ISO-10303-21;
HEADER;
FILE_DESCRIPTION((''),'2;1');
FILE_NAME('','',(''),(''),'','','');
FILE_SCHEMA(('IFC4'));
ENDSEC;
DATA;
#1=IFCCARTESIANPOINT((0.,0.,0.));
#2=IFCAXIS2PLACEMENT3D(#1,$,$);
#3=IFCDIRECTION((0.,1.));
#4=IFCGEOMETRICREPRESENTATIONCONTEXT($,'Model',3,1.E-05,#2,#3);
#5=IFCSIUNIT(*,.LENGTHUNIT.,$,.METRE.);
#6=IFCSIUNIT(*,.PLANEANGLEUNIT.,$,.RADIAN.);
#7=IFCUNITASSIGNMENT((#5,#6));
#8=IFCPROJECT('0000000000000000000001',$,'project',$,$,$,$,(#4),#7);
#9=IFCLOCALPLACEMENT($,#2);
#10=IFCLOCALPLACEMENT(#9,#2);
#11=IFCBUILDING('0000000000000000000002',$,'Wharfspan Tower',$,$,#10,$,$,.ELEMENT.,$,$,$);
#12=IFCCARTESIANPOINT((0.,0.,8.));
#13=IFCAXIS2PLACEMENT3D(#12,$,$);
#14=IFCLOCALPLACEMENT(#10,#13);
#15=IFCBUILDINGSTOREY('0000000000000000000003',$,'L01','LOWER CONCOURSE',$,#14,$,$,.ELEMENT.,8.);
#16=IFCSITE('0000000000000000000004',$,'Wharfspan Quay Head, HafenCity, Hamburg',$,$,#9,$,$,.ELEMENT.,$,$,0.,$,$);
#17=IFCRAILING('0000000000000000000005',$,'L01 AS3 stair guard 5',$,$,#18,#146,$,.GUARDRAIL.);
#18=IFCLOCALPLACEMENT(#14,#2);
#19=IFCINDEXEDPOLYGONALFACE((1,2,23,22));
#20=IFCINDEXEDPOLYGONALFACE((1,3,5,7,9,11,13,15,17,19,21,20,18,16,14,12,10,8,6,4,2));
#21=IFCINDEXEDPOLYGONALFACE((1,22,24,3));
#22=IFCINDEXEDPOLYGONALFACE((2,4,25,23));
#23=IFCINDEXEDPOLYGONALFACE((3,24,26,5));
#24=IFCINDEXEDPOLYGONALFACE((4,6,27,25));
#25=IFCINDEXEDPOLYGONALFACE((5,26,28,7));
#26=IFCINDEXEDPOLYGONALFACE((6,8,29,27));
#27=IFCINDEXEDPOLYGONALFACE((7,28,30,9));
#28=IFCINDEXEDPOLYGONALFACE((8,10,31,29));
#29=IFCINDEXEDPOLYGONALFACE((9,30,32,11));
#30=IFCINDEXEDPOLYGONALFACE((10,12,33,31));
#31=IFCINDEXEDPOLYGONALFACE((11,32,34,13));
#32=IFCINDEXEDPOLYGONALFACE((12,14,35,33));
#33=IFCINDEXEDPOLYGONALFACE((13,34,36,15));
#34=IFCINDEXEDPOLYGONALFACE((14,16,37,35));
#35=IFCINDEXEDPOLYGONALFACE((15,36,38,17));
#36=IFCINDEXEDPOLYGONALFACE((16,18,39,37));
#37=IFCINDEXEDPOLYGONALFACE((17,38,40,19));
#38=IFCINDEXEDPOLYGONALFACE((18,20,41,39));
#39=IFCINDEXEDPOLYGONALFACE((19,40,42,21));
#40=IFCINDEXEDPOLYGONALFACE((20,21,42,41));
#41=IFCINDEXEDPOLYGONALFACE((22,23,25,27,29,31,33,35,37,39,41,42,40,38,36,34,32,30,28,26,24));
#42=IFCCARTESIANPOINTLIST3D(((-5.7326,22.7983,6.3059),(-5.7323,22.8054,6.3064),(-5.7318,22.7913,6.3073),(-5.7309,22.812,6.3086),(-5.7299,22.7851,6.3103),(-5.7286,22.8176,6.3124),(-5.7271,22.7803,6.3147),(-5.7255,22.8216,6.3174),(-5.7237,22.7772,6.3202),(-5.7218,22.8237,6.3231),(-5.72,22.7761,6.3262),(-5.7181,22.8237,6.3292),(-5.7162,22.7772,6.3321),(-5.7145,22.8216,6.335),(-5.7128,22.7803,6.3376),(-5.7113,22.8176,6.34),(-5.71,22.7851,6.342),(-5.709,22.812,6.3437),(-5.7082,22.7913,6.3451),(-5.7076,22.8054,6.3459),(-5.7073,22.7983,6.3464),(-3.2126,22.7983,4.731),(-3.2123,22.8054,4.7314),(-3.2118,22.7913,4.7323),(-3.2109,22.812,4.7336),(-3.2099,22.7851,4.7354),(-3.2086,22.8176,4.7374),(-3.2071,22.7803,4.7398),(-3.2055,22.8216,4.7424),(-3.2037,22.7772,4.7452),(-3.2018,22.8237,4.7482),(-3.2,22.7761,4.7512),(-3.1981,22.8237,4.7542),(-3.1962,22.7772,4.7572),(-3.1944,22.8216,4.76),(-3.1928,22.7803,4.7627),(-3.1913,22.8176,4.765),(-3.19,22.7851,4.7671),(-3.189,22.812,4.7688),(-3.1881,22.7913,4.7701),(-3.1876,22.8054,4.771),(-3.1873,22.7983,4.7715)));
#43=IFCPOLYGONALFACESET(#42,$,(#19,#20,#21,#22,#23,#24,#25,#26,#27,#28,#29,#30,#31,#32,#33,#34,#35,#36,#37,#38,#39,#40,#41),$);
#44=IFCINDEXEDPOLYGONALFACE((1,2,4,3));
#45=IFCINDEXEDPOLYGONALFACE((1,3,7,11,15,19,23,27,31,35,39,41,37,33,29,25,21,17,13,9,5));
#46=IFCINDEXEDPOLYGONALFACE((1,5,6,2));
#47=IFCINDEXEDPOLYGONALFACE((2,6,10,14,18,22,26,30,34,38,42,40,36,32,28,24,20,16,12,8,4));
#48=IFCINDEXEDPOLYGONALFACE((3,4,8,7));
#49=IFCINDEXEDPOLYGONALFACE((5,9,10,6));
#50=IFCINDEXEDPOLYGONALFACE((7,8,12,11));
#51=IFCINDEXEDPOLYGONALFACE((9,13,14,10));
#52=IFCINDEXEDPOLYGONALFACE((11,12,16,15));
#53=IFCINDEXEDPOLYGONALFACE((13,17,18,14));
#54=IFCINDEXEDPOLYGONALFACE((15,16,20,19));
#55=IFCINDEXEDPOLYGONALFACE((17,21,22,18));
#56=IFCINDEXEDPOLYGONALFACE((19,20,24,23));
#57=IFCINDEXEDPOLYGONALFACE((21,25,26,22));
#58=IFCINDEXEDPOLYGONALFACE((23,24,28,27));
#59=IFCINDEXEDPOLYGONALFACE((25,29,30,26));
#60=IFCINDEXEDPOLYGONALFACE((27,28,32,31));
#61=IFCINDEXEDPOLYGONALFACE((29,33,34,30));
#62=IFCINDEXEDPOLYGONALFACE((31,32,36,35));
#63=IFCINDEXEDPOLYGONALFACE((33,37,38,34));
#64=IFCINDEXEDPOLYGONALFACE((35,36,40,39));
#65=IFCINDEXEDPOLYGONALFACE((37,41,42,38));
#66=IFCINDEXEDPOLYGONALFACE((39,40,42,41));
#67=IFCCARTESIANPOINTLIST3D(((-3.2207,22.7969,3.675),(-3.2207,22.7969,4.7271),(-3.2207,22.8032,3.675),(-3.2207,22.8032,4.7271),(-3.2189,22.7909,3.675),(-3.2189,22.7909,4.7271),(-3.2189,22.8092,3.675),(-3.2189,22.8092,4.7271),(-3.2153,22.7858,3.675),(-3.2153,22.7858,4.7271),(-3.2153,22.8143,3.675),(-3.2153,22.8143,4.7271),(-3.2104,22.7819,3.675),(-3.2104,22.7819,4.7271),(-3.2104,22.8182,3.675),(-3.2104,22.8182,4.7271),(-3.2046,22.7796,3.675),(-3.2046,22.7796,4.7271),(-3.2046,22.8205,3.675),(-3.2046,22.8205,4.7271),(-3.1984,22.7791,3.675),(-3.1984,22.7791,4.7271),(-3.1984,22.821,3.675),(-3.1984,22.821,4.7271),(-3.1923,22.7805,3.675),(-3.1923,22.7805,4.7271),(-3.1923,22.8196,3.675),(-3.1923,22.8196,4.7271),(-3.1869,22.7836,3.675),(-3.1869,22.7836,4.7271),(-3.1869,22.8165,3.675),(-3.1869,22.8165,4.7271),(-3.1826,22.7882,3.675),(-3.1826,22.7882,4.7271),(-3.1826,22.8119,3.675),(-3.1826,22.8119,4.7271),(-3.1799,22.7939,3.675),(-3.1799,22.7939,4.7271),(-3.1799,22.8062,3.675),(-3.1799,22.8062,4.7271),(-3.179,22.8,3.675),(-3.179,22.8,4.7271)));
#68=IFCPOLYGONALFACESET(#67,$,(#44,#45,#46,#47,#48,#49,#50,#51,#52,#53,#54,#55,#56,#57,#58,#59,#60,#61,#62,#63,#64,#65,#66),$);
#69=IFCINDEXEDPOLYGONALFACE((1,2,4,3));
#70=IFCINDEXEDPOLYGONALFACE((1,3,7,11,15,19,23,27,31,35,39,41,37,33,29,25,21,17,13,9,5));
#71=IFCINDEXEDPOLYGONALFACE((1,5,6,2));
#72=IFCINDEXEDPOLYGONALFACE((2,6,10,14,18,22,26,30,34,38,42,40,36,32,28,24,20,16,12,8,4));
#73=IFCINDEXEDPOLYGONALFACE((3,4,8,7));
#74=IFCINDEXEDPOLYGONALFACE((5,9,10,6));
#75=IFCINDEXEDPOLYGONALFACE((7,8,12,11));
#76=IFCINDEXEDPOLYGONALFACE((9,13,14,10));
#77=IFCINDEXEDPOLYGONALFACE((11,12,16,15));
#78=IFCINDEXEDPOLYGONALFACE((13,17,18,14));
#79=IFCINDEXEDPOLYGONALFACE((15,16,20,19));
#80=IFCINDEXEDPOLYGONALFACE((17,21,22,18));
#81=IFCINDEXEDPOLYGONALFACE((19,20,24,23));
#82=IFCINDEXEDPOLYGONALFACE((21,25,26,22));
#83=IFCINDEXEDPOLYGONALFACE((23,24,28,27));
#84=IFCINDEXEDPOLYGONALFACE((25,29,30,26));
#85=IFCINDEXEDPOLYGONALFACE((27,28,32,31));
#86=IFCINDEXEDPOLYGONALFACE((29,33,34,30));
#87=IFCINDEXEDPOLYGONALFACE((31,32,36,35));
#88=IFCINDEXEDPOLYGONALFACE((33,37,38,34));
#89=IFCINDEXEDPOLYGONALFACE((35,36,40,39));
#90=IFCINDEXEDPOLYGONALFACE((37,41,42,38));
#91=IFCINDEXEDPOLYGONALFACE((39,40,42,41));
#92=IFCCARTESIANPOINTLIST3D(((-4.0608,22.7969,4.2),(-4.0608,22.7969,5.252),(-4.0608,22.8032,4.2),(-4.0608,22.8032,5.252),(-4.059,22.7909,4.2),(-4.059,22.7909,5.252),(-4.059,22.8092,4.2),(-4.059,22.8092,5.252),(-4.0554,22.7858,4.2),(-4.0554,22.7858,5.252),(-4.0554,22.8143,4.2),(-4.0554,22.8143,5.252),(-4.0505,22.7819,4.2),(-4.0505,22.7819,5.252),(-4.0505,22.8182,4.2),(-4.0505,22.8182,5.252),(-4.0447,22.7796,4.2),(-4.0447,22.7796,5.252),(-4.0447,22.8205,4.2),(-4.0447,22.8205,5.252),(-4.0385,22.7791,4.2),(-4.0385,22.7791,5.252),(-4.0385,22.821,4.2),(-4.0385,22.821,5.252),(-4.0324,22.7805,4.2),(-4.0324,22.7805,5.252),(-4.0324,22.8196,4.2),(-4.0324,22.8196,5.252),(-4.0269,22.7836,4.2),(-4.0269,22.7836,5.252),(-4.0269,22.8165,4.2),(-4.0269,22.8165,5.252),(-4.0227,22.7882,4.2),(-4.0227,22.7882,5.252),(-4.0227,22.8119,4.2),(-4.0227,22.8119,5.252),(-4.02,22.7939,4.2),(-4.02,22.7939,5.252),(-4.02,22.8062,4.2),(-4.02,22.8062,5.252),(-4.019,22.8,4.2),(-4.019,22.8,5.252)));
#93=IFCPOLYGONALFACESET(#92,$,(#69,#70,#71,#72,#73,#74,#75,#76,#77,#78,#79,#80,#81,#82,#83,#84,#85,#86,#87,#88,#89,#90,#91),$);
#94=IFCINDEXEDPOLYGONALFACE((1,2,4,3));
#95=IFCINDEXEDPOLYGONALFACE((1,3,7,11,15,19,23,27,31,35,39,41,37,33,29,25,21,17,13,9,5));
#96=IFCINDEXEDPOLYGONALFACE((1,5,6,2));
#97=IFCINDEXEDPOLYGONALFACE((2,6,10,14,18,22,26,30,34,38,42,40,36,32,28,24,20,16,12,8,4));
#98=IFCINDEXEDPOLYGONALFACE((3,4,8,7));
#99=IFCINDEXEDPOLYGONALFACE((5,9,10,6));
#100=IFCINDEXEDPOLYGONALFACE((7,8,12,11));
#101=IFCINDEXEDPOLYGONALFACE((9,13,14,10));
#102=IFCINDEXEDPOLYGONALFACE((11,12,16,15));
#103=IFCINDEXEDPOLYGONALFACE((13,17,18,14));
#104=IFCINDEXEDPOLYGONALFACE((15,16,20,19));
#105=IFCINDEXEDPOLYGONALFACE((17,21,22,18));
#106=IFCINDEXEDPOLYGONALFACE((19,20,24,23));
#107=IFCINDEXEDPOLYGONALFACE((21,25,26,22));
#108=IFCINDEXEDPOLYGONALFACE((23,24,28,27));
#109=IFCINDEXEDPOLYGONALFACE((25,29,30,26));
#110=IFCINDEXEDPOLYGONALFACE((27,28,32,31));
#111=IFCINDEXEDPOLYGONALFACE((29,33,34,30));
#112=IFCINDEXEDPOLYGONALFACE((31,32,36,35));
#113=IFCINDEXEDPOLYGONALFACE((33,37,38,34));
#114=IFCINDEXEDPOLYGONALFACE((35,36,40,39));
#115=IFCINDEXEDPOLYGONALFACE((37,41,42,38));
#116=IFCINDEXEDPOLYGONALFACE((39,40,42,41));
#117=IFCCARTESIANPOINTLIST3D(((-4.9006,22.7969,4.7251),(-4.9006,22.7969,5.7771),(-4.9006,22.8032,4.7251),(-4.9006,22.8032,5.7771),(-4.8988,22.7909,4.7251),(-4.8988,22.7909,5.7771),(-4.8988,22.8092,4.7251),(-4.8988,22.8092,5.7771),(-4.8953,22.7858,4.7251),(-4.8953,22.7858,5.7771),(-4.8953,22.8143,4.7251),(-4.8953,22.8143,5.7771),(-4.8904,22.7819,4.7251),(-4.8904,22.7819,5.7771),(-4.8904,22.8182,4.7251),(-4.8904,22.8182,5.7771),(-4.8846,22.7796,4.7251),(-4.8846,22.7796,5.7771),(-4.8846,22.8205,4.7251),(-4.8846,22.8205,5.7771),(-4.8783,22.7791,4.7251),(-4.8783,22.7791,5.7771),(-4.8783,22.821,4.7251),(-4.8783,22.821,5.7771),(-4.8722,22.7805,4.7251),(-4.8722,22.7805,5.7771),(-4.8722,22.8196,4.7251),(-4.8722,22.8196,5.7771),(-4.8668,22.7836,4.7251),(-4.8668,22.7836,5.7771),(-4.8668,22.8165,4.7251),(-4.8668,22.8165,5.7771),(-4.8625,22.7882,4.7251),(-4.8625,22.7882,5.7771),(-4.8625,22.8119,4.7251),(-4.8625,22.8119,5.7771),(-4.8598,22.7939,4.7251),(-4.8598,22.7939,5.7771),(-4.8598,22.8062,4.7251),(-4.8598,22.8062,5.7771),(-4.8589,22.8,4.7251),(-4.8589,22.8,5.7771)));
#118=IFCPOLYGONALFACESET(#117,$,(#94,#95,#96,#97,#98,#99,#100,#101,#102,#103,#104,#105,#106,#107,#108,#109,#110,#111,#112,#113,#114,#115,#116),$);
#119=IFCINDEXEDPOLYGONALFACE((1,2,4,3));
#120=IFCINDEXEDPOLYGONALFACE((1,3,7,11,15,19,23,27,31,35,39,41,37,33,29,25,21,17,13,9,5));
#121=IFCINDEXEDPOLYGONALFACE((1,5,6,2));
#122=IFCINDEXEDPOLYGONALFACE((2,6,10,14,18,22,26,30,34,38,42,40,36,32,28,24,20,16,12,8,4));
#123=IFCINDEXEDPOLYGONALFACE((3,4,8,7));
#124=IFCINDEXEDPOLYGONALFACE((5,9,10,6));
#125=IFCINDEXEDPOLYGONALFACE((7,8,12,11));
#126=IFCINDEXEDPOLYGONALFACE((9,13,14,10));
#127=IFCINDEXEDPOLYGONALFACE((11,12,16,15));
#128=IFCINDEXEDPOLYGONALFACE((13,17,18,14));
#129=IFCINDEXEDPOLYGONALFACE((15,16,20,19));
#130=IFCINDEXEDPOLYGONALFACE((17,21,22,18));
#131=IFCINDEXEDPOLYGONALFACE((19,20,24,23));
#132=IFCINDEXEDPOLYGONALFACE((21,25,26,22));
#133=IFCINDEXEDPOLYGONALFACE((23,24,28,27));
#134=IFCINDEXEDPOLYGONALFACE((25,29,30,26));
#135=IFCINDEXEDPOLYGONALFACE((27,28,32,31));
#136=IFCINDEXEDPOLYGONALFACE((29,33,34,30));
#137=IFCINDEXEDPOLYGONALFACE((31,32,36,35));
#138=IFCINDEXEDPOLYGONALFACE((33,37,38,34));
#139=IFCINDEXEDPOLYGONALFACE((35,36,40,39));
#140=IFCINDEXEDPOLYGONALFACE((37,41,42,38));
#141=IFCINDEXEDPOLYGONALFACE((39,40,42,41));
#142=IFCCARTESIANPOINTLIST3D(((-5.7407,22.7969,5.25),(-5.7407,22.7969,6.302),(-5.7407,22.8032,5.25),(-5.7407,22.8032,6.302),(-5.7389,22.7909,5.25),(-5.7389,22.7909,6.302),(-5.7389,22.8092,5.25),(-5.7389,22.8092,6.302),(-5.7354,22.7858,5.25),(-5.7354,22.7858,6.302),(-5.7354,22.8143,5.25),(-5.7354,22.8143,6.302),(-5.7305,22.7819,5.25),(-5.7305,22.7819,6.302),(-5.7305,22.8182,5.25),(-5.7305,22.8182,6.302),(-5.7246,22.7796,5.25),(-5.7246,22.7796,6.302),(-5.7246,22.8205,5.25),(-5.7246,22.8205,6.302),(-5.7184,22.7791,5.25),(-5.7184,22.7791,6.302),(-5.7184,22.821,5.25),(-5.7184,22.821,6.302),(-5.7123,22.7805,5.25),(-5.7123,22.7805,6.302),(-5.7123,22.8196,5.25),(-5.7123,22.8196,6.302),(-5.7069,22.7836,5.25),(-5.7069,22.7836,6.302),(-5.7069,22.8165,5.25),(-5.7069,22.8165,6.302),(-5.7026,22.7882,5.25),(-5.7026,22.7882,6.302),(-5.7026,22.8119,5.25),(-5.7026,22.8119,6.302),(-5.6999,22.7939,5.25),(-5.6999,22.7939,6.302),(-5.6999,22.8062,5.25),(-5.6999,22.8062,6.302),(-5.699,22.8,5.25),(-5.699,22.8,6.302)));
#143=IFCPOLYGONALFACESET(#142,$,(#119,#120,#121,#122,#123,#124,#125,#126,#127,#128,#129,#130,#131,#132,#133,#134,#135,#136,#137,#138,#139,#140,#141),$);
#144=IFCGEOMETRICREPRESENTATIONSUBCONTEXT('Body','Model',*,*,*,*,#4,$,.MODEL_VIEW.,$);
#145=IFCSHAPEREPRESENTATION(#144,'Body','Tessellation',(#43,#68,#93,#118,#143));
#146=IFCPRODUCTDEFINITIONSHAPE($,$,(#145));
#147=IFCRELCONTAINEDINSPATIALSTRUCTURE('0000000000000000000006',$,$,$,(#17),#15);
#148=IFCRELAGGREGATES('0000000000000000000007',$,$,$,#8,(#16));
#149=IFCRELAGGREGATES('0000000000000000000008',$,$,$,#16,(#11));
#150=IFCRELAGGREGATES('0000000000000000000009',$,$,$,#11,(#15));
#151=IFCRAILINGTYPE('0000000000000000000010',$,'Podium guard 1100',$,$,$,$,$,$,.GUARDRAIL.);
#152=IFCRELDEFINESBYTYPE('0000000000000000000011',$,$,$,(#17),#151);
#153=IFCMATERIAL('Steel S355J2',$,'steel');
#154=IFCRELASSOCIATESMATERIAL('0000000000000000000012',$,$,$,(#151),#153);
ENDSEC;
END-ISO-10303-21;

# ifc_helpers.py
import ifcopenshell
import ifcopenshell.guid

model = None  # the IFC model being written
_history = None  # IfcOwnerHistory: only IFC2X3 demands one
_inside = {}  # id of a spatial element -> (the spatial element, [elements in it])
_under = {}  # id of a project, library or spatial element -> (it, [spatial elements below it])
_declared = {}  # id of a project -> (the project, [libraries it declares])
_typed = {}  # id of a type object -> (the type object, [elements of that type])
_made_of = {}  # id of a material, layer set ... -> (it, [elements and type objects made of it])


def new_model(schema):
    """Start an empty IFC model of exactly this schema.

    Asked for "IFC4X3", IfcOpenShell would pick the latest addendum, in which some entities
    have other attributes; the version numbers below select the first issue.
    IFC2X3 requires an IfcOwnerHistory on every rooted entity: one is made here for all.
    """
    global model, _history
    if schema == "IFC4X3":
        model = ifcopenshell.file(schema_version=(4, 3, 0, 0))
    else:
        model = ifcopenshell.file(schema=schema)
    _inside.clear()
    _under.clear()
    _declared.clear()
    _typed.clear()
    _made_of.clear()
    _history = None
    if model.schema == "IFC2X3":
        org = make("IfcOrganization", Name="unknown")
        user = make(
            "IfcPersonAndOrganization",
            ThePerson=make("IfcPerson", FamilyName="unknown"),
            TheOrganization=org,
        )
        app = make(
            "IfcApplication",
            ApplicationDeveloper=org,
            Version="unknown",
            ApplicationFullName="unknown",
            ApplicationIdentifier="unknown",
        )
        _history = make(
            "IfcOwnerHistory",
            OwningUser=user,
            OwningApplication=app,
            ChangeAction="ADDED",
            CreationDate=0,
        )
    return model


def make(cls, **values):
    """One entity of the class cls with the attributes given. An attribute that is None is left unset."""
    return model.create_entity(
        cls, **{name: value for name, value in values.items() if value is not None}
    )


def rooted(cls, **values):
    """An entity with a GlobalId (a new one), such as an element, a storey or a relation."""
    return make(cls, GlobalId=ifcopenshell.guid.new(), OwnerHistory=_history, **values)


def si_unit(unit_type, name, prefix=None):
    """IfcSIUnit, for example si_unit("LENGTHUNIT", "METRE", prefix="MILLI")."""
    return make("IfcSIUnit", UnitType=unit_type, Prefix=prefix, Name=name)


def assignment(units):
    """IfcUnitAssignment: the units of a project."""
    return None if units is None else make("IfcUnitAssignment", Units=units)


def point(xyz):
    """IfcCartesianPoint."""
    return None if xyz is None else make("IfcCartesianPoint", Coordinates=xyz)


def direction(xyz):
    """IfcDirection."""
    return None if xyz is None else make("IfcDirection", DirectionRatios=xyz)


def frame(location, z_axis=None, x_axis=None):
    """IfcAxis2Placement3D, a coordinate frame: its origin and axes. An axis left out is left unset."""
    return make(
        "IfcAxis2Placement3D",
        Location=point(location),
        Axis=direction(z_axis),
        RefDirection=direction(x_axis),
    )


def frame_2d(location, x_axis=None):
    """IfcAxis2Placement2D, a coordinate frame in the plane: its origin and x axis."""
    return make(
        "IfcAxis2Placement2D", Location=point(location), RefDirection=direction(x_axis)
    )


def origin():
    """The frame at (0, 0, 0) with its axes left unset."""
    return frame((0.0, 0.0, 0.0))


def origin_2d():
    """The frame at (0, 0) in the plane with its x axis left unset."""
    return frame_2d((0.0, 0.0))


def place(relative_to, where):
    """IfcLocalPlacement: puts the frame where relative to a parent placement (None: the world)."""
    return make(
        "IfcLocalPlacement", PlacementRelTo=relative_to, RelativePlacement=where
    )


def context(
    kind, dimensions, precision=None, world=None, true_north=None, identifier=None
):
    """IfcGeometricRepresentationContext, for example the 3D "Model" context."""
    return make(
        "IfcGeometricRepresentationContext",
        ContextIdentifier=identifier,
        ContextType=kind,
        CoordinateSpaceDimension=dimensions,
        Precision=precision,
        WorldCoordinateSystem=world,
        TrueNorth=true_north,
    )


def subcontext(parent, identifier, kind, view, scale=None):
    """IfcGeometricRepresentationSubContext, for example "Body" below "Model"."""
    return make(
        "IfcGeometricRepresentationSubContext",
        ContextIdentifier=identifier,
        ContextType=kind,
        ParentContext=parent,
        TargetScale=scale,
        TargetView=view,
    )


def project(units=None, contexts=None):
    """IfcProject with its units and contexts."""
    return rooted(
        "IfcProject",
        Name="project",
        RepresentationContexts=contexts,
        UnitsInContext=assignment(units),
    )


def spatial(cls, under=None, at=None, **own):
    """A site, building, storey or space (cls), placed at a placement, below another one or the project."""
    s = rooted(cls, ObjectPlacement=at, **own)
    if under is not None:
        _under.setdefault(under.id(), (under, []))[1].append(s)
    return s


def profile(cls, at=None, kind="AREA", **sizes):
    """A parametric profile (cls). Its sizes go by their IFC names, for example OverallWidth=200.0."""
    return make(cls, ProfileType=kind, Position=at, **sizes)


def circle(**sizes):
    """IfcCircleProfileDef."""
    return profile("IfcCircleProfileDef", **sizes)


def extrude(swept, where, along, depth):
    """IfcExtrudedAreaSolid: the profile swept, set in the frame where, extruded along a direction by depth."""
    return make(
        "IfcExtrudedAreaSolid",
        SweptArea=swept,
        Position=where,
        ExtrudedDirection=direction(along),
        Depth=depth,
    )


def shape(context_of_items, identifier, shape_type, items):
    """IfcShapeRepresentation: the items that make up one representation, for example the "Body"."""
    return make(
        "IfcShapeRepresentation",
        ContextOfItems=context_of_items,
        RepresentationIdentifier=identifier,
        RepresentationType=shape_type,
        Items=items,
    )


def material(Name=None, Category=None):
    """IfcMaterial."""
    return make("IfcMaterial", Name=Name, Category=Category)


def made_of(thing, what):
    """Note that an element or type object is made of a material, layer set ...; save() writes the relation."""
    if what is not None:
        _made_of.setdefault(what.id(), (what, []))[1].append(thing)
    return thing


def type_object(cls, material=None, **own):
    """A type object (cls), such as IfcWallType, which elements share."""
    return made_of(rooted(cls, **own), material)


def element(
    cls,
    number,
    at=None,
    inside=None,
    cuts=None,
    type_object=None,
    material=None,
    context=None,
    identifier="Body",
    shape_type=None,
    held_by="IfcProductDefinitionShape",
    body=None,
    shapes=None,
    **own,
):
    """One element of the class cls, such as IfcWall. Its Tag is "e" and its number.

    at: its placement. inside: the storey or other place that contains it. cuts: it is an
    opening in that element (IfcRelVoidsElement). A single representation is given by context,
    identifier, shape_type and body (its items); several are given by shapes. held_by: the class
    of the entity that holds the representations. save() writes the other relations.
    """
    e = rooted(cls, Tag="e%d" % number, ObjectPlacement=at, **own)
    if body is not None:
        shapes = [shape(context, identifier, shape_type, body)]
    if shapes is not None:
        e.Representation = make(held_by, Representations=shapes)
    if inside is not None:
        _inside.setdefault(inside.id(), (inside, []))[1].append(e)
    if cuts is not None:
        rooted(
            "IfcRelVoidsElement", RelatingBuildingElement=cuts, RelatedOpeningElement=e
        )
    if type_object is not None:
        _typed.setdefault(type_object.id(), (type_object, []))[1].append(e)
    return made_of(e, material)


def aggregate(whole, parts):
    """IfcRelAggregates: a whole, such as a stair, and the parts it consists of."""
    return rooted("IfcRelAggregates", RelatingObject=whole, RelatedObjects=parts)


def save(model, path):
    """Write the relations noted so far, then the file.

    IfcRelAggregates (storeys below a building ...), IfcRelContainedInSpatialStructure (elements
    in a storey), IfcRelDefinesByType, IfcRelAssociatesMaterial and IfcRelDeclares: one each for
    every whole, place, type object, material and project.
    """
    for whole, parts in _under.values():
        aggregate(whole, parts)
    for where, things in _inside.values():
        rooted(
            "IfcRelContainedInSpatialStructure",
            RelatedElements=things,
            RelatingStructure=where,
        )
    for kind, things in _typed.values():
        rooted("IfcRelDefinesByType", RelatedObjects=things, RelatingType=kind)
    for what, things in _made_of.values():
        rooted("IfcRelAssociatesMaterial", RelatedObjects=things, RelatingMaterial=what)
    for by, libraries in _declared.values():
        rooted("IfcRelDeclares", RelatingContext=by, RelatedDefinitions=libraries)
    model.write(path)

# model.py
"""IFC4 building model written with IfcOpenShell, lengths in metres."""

from ifc_helpers import new_model, si_unit, direction, frame, origin, origin_2d, place, context, subcontext, project, spatial, circle, extrude, material, type_object, element, save


model = new_model("IFC4")

# Units and contexts
model_context = context("Model", 3, precision=1e-05, world=origin(), true_north=direction((0.0, 1.0)))
body_context = subcontext(model_context, "Body", "Model", "MODEL_VIEW")
ifc_project = project(units=[si_unit("LENGTHUNIT", "METRE"), si_unit("PLANEANGLEUNIT", "RADIAN")], contexts=[model_context])

# Site, building, storey
site_placement = place(None, origin())
site = spatial("IfcSite", under=ifc_project, at=site_placement, Name="Wharfspan Quay Head, HafenCity, Hamburg", CompositionType="ELEMENT", RefElevation=0.0)
building_placement = place(site_placement, origin())
building = spatial("IfcBuilding", under=site, at=building_placement, Name="Wharfspan Tower", CompositionType="ELEMENT")
storey_placement = place(building_placement, frame((0.0, 0.0, 8.0)))
storey = spatial("IfcBuildingStorey", under=building, at=storey_placement, Name="L01", Description="LOWER CONCOURSE", CompositionType="ELEMENT", Elevation=8.0)

# Railing
ifc_material_1 = material(Name="Steel S355J2", Category="steel")
railing_type_1 = type_object("IfcRailingType", Name="Podium guard 1100", PredefinedType="GUARDRAIL", material=ifc_material_1)
railing_1_placement = place(storey_placement, frame((-3.2, 22.8, 3.675)))
element("IfcRailing", 1, at=railing_1_placement, inside=storey, type_object=railing_type_1, Name="L01 AS3 stair guard 5", PredefinedType="GUARDRAIL", context=body_context, shape_type="SweptSolid", body=[
    extrude(circle(Radius=0.0239, at=origin_2d()), frame((0.0, 0.0, 1.0762), z_axis=(-0.848008, 0.0, 0.529984), x_axis=(0.0, -1.0, 0.0)), (0.0, 0.0, 1.0), 2.9717),
    extrude(circle(Radius=0.021, at=origin_2d()), origin(), (0.0, 0.0, 1.0), 1.052),
    extrude(circle(Radius=0.021, at=origin_2d()), frame((-0.8401, 0.0, 0.5249)), (0.0, 0.0, 1.0), 1.052),
    extrude(circle(Radius=0.021, at=origin_2d()), frame((-1.6799, 0.0, 1.05)), (0.0, 0.0, 1.0), 1.052),
    extrude(circle(Radius=0.021, at=origin_2d()), frame((-2.52, 0.0, 1.575)), (0.0, 0.0, 1.0), 1.052),
])

save(model, "model.ifc")
